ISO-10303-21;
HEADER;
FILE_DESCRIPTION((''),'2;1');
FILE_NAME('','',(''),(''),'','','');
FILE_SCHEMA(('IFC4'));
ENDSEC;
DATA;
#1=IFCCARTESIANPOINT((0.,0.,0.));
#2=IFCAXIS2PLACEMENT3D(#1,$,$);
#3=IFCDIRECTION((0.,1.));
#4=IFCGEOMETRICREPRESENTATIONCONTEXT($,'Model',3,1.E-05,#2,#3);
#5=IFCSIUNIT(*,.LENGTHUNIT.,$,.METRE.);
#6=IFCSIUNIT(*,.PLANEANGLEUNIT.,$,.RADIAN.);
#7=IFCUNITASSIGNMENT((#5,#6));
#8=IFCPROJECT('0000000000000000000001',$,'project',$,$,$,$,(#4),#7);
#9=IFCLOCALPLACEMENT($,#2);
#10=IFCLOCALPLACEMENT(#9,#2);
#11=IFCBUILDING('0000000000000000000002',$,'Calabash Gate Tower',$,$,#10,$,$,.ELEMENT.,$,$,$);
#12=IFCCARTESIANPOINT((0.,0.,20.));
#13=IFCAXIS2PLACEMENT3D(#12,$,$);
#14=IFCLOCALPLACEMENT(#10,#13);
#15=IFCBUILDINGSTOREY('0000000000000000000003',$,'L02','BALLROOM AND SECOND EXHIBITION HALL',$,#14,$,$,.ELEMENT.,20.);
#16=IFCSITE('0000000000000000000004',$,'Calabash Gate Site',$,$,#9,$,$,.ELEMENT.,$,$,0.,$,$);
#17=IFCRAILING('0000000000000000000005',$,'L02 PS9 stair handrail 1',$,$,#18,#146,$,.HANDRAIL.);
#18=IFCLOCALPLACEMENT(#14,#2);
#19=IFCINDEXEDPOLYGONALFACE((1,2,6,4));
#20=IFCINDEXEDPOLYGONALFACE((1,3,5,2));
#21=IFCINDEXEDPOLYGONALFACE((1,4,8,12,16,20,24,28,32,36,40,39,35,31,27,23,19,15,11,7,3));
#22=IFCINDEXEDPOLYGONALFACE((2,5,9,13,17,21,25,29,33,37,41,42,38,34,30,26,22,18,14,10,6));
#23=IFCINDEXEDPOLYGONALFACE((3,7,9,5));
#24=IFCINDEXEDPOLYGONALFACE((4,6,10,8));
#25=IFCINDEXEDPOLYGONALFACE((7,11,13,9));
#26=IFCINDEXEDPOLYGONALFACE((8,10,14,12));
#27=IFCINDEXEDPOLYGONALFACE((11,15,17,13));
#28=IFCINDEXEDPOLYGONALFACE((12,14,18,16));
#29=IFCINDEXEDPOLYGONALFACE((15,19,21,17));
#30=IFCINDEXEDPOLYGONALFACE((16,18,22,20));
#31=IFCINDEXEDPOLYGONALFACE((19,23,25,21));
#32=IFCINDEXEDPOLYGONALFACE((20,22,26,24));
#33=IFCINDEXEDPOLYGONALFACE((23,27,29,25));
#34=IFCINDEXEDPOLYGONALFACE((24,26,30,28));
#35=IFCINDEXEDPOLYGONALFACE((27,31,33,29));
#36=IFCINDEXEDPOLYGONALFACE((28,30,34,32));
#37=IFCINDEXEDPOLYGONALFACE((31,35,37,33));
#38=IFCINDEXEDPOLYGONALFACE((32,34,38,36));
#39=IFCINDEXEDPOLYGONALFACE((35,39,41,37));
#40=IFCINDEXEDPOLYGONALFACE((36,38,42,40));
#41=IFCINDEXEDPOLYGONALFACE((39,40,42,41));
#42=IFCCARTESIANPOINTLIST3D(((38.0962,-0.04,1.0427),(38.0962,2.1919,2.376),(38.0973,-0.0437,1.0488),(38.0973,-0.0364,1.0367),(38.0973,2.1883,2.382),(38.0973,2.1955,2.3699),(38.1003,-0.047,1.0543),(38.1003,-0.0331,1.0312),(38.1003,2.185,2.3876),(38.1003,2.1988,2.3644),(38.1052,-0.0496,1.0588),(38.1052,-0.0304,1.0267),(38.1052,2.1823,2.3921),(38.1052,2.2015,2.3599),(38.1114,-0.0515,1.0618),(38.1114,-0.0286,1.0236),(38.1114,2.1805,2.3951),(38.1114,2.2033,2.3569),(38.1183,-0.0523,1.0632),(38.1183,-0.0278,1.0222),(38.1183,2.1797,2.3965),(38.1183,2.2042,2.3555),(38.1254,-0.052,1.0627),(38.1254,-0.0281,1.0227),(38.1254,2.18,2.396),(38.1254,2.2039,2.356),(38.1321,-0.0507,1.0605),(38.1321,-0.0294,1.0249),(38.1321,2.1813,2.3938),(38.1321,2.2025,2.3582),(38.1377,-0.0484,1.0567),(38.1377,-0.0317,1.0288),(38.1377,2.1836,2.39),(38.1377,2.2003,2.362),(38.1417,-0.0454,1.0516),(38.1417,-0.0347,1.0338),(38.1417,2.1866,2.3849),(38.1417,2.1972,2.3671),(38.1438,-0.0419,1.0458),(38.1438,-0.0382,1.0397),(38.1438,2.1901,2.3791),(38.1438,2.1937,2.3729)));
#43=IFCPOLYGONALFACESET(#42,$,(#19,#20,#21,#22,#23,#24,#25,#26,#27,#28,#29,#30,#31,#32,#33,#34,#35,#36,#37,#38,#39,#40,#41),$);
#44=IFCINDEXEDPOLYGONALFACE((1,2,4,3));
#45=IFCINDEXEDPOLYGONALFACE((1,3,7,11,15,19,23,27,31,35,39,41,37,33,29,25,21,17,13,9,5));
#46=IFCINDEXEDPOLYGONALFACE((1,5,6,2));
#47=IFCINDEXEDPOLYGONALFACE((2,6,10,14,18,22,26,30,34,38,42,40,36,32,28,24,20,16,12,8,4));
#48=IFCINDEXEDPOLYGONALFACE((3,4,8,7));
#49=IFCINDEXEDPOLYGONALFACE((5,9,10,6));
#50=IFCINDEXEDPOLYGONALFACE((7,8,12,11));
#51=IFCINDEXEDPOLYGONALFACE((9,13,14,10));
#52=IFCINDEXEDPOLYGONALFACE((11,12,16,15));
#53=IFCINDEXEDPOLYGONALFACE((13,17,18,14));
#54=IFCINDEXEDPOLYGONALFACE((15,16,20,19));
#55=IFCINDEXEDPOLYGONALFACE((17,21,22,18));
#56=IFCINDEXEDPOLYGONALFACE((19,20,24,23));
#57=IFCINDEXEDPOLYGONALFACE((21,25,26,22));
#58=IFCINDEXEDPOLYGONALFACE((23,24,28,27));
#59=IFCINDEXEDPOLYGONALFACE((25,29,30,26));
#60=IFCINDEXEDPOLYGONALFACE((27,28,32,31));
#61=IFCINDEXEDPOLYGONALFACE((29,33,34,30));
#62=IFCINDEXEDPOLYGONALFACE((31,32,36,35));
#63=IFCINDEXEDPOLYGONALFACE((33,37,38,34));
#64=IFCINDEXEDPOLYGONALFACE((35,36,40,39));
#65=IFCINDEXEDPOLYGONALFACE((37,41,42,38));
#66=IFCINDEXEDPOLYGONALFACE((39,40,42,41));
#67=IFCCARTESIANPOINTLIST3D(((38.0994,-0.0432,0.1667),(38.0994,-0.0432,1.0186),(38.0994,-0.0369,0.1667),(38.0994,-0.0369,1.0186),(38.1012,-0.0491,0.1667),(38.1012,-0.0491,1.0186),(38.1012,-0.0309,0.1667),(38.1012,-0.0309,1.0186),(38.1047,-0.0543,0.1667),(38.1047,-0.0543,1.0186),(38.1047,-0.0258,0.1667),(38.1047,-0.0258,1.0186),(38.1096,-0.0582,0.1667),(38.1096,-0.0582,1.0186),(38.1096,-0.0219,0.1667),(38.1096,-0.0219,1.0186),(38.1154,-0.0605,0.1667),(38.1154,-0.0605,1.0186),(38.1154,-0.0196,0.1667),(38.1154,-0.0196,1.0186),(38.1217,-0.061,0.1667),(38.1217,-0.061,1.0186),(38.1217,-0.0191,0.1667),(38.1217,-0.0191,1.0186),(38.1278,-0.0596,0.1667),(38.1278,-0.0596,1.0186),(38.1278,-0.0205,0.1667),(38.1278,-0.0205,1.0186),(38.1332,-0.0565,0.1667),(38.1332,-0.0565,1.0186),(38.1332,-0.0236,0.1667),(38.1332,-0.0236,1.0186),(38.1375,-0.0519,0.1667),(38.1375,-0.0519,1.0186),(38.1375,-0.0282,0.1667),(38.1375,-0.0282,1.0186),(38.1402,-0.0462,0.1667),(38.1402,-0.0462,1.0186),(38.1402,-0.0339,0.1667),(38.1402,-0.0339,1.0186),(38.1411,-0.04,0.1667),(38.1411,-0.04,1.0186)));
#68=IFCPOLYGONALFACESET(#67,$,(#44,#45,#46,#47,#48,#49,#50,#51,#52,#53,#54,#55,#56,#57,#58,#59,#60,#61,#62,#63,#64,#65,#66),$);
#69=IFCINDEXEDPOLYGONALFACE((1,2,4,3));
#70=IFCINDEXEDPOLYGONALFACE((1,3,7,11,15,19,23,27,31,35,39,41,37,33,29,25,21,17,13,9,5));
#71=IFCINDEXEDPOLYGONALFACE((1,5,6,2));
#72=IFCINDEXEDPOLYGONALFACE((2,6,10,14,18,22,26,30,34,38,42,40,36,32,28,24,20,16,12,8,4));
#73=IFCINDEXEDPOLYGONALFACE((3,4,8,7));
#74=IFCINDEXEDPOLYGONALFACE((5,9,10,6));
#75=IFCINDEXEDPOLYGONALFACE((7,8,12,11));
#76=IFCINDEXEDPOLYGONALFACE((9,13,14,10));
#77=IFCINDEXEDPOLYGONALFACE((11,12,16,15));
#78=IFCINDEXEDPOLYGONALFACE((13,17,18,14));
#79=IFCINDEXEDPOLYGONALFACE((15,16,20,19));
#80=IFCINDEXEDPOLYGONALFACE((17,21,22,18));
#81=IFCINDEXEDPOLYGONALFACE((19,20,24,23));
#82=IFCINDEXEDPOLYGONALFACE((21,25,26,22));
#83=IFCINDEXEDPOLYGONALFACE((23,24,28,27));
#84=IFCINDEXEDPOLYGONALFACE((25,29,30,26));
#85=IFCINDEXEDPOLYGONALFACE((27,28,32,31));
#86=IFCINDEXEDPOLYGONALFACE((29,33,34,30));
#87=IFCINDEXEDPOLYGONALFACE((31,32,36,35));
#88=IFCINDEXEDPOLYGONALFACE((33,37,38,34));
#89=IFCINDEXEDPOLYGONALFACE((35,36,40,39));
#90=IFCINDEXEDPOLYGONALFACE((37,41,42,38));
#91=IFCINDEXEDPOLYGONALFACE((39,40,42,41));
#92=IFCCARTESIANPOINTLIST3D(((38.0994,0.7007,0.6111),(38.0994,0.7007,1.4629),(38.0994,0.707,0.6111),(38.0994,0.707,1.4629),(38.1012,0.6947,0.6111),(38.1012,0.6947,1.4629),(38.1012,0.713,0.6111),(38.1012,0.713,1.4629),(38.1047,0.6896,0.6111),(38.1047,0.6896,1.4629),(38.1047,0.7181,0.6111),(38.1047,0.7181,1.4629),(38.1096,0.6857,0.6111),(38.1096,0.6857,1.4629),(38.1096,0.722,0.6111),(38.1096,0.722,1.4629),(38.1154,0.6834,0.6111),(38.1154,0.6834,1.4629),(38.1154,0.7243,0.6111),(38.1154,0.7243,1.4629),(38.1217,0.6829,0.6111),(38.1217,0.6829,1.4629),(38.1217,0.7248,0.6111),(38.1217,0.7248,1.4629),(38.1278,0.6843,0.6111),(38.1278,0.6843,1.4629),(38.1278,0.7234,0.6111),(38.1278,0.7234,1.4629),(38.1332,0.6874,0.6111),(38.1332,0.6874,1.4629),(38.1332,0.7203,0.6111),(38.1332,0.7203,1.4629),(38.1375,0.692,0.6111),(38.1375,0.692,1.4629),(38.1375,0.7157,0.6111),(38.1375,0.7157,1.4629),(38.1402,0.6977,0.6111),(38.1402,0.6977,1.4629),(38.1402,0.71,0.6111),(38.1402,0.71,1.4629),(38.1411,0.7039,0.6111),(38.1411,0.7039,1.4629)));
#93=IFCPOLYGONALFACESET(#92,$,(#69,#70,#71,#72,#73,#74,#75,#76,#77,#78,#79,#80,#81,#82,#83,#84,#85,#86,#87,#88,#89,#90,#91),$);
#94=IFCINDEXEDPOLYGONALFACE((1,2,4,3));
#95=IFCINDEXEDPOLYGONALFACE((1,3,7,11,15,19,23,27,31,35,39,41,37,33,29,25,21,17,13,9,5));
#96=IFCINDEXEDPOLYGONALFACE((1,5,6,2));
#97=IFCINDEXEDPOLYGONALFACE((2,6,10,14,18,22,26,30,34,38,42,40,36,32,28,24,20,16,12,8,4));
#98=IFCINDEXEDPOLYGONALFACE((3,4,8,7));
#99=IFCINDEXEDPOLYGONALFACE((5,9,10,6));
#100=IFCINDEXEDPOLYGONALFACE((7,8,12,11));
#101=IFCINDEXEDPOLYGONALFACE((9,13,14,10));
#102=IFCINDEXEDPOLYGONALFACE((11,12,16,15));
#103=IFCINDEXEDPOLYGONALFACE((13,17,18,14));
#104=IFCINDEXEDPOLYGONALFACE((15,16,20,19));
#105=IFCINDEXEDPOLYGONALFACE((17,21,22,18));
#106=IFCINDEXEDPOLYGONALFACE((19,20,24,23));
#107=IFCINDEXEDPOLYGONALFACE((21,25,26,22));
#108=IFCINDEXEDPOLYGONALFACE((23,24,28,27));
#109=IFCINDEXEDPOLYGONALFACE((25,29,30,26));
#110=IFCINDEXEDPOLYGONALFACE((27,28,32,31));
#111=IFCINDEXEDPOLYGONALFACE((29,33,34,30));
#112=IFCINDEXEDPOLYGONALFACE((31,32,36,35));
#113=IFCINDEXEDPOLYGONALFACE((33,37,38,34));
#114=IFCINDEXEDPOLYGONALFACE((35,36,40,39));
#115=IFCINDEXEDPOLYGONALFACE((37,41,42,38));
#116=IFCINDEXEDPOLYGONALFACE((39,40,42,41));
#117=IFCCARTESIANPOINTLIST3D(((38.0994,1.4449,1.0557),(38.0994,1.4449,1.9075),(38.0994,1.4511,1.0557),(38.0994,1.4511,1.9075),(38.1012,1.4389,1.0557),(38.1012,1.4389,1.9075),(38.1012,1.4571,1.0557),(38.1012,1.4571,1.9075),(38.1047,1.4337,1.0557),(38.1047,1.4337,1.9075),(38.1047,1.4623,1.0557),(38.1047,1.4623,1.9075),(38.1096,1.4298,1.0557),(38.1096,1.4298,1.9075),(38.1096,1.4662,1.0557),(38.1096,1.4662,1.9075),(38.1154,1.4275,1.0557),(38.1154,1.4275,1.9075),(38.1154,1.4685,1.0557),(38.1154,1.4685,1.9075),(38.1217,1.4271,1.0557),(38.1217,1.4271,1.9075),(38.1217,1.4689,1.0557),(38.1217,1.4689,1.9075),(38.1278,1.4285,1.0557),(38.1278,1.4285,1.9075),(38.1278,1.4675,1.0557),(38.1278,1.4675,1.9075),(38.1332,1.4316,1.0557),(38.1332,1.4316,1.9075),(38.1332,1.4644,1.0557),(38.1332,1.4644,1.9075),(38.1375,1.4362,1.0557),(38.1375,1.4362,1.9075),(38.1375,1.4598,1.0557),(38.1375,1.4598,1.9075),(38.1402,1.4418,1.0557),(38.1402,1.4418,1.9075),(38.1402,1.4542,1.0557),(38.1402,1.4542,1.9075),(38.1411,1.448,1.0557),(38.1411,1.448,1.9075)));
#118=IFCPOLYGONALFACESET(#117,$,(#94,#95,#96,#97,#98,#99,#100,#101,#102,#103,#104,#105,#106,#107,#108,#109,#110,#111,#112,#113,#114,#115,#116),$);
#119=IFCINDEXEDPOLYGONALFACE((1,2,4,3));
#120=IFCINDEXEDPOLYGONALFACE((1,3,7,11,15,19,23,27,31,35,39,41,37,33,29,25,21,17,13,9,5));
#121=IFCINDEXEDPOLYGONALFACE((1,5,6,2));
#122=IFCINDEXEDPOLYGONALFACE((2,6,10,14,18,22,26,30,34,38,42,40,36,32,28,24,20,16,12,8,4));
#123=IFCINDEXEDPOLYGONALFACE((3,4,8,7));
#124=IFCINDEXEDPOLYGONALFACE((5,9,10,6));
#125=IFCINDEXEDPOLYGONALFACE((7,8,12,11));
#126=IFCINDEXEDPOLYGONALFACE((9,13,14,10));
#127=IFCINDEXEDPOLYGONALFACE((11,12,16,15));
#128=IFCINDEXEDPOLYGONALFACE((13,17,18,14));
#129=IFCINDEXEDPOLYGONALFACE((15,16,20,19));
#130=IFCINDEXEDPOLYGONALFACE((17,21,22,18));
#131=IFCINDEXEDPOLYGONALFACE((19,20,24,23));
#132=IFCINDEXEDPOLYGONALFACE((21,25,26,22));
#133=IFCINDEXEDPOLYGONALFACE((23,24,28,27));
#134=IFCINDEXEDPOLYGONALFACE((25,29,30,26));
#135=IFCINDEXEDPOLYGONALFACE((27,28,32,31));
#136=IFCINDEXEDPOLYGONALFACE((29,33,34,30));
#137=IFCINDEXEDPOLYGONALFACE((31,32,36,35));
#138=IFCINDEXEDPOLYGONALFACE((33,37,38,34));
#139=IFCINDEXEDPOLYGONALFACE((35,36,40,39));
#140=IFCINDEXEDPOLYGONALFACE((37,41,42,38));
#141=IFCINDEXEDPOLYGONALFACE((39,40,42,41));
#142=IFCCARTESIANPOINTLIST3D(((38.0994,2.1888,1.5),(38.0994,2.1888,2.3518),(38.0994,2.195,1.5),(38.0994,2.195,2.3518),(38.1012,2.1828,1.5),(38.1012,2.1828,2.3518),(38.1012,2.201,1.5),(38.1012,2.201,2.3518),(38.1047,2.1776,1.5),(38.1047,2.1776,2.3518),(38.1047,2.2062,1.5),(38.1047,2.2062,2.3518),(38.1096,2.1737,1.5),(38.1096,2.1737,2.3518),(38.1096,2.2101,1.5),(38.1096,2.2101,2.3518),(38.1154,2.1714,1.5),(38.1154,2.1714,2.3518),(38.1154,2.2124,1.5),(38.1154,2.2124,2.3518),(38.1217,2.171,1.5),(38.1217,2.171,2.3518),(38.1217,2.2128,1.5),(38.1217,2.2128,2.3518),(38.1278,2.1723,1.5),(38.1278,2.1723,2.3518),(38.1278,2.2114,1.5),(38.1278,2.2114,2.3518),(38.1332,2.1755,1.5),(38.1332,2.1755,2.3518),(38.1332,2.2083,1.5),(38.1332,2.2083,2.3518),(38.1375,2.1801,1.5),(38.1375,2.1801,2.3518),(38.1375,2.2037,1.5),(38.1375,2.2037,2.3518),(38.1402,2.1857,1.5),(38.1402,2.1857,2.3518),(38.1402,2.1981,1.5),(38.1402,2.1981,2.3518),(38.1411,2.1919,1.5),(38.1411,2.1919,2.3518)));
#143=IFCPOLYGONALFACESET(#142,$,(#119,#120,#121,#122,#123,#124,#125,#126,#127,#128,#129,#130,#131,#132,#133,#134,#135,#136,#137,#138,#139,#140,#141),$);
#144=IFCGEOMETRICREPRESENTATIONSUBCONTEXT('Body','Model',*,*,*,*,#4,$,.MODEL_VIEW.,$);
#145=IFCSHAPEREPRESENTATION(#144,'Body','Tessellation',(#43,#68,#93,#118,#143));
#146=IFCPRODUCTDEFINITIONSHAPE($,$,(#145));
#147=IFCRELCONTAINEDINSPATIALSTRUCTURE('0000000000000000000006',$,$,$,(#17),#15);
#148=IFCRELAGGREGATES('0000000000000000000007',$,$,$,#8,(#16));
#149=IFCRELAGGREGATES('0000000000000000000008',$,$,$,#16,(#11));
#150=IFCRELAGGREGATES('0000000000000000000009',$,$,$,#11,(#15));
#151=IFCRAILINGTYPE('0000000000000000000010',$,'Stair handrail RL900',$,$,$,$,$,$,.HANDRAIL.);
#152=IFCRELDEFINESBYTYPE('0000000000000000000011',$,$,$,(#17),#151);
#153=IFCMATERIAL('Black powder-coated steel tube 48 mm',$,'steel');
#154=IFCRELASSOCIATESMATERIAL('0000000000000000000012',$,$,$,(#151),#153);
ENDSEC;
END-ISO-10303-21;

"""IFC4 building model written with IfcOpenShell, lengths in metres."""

from ifc_helpers import new_model, si_unit, direction, frame, origin, origin_2d, place, context, subcontext, project, spatial, circle, extrude, material, type_object, element, save


model = new_model("IFC4")

# Units and contexts
model_context = context("Model", 3, precision=1e-05, world=origin(), true_north=direction((0.0, 1.0)))
body_context = subcontext(model_context, "Body", "Model", "MODEL_VIEW")
ifc_project = project(units=[si_unit("LENGTHUNIT", "METRE"), si_unit("PLANEANGLEUNIT", "RADIAN")], contexts=[model_context])

# Site, building, storey
site_placement = place(None, origin())
site = spatial("IfcSite", under=ifc_project, at=site_placement, Name="Calabash Gate Site", CompositionType="ELEMENT", RefElevation=0.0)
building_placement = place(site_placement, origin())
building = spatial("IfcBuilding", under=site, at=building_placement, Name="Calabash Gate Tower", CompositionType="ELEMENT")
storey_placement = place(building_placement, frame((0.0, 0.0, 20.0)))
storey = spatial("IfcBuildingStorey", under=building, at=storey_placement, Name="L02", Description="BALLROOM AND SECOND EXHIBITION HALL", CompositionType="ELEMENT", Elevation=20.0)

# Railing
ifc_material_1 = material(Name="Black powder-coated steel tube 48 mm", Category="steel")
railing_type_1 = type_object("IfcRailingType", Name="Stair handrail RL900", PredefinedType="HANDRAIL", material=ifc_material_1)
for number, where, name in (
    (1, (38.1201, -0.04, 0.1667), "L02 PS9 stair handrail 1"),
):
    element("IfcRailing", number, at=place(storey_placement, frame(where)), inside=storey, type_object=railing_type_1, Name=name, PredefinedType="HANDRAIL", context=body_context, shape_type="SweptSolid", body=[
        extrude(circle(Radius=0.0239, at=origin_2d()), frame((0.0, 0.0, 0.876), z_axis=(0.0, 0.858494, 0.512824), x_axis=(-1.0, 0.0, 0.0)), (0.0, 0.0, 1.0), 2.5999),
        extrude(circle(Radius=0.021, at=origin_2d()), origin(), (0.0, 0.0, 1.0), 0.8518),
        extrude(circle(Radius=0.021, at=origin_2d()), frame((0.0, 0.7439, 0.4443)), (0.0, 0.0, 1.0), 0.8518),
        extrude(circle(Radius=0.021, at=origin_2d()), frame((0.0, 1.488, 0.8889)), (0.0, 0.0, 1.0), 0.8518),
        extrude(circle(Radius=0.021, at=origin_2d()), frame((0.0, 2.2319, 1.3333)), (0.0, 0.0, 1.0), 0.8518),
    ])

save(model, "model.ifc")
